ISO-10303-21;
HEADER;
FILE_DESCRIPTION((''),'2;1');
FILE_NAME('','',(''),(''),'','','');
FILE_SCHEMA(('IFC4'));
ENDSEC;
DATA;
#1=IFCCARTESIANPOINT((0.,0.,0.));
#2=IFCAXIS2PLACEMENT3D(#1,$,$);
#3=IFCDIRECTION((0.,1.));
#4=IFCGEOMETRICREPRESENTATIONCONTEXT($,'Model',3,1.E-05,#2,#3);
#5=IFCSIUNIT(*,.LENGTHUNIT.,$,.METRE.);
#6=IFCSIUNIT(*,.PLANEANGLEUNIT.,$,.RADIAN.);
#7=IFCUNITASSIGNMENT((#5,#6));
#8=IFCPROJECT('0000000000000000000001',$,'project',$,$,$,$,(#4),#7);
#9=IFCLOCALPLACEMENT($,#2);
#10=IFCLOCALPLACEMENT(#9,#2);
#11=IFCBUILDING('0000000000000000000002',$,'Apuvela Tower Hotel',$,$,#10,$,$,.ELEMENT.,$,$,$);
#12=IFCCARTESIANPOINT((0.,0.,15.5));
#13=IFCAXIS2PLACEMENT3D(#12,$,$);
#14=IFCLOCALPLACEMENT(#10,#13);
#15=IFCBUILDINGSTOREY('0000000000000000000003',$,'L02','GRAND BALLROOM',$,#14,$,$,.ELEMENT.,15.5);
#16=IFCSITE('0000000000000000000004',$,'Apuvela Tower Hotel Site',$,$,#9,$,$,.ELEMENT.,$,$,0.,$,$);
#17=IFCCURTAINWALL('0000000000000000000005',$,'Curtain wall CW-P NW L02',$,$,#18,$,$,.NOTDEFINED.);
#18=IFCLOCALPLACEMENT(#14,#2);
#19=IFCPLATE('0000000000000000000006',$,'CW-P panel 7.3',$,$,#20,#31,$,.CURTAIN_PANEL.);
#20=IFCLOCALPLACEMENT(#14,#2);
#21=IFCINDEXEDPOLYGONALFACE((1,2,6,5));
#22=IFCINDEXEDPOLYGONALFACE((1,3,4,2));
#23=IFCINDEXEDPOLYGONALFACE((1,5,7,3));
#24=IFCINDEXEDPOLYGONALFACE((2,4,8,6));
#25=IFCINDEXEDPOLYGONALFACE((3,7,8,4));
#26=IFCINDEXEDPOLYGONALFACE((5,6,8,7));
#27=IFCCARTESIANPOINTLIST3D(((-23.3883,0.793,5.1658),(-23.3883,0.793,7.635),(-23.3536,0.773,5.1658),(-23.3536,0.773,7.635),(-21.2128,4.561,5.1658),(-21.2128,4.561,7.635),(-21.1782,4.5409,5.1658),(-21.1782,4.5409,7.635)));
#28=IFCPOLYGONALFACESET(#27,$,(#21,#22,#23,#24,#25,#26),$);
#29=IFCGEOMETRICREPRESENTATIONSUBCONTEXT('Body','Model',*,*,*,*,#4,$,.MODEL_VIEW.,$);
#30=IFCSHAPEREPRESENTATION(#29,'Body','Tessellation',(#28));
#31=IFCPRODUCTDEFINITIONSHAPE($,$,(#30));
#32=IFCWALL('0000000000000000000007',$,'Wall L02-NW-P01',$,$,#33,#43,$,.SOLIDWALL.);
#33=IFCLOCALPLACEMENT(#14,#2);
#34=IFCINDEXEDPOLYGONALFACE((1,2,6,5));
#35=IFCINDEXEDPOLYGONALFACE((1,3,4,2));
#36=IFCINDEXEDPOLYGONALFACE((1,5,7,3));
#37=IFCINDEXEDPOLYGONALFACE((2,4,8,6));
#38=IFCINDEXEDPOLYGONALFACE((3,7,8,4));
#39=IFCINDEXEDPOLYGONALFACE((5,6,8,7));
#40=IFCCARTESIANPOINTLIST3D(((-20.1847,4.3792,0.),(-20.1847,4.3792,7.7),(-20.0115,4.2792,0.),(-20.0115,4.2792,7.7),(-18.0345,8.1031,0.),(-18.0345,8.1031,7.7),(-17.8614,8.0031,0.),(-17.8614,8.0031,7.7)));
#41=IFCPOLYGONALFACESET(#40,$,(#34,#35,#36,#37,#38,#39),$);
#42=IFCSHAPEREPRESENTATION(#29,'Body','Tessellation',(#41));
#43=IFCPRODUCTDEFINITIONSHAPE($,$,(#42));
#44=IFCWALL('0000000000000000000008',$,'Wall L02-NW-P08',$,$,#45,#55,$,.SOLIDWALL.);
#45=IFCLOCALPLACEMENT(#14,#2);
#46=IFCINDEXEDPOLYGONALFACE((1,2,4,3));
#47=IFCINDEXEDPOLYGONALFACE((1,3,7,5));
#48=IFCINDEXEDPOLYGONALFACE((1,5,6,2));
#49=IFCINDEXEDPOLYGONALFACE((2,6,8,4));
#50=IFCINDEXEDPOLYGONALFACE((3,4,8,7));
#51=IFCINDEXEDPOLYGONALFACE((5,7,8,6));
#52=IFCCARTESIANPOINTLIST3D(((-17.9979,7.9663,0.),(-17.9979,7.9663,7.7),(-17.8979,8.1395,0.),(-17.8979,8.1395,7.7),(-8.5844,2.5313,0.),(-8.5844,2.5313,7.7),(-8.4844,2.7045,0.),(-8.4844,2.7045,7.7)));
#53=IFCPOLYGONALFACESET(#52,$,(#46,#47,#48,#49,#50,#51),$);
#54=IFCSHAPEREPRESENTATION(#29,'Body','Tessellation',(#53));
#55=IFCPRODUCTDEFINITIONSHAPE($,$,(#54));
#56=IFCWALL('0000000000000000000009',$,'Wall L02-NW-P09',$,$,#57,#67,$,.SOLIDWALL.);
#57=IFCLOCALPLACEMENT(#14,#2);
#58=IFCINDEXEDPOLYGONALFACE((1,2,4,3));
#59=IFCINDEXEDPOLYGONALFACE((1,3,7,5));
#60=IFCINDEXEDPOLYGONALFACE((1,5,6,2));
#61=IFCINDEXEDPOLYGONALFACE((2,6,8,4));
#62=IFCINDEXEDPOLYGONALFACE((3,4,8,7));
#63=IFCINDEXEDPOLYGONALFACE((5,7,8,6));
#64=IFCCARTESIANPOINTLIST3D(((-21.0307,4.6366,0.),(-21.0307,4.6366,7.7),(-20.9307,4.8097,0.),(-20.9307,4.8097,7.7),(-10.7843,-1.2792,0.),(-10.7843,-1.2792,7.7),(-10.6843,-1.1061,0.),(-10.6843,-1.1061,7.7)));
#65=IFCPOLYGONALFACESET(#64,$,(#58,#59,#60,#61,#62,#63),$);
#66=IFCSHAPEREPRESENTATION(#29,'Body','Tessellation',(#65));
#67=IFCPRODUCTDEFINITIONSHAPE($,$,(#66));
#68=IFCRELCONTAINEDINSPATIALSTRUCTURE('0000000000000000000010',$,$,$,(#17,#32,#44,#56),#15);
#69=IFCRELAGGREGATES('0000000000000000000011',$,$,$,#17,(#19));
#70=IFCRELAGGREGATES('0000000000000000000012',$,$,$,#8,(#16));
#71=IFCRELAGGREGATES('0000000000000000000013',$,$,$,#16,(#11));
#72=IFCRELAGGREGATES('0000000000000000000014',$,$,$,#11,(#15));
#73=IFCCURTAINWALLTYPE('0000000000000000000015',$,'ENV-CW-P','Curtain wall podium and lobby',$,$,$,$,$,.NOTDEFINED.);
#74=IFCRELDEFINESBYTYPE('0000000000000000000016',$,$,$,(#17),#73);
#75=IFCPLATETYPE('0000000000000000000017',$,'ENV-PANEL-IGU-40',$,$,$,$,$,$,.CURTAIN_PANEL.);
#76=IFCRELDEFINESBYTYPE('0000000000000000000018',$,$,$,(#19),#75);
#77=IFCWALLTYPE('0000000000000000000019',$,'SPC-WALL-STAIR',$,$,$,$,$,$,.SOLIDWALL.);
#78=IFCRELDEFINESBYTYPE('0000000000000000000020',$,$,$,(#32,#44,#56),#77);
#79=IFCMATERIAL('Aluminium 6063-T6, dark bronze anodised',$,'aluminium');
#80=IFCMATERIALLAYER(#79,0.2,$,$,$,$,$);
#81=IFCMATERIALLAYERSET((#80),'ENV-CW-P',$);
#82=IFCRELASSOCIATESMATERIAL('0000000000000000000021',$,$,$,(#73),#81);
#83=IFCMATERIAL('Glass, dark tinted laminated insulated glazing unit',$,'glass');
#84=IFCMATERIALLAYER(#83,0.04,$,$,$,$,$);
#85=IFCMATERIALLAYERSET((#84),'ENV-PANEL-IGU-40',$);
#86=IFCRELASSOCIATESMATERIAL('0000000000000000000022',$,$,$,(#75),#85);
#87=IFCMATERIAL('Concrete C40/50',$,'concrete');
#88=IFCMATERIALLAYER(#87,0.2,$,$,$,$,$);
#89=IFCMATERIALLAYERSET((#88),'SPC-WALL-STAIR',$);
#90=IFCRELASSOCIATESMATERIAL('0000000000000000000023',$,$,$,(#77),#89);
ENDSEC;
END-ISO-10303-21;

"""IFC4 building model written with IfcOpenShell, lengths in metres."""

from ifc_helpers import new_model, si_unit, direction, frame, frame_2d, origin, origin_2d, place, context, subcontext, project, spatial, rectangle, extrude, material, layer, layer_set, type_object, element, aggregate, save


model = new_model("IFC4")

# Units and contexts
model_context = context("Model", 3, precision=1e-05, world=origin(), true_north=direction((0.0, 1.0)))
body_context = subcontext(model_context, "Body", "Model", "MODEL_VIEW")
ifc_project = project(units=[si_unit("LENGTHUNIT", "METRE"), si_unit("PLANEANGLEUNIT", "RADIAN")], contexts=[model_context])

# Site, building, storey
site_placement = place(None, origin())
site = spatial("IfcSite", under=ifc_project, at=site_placement, Name="Apuvela Tower Hotel Site", CompositionType="ELEMENT", RefElevation=0.0)
building_placement = place(site_placement, origin())
building = spatial("IfcBuilding", under=site, at=building_placement, Name="Apuvela Tower Hotel", CompositionType="ELEMENT")
storey_placement = place(building_placement, frame((0.0, 0.0, 15.5)))
storey = spatial("IfcBuildingStorey", under=building, at=storey_placement, Name="L02", Description="GRAND BALLROOM", CompositionType="ELEMENT", Elevation=15.5)

# Curtain wall
ifc_material_1 = material(Name="Aluminium 6063-T6, dark bronze anodised", Category="aluminium")
ifc_layer_1 = layer(ifc_material_1, 0.2)
ifc_layer_set_1 = layer_set([ifc_layer_1], Name="ENV-CW-P")
curtain_wall_type = type_object("IfcCurtainWallType", Name="ENV-CW-P", Description="Curtain wall podium and lobby", PredefinedType="NOTDEFINED", material=ifc_layer_set_1)
curtain_wall_placement = place(storey_placement, origin())
curtain_wall = element("IfcCurtainWall", 1, at=curtain_wall_placement, inside=storey, type_object=curtain_wall_type, Name="Curtain wall CW-P NW L02", PredefinedType="NOTDEFINED")

# Plate
ifc_material_2 = material(Name="Glass, dark tinted laminated insulated glazing unit", Category="glass")
ifc_layer_2 = layer(ifc_material_2, 0.04)
ifc_layer_set_2 = layer_set([ifc_layer_2], Name="ENV-PANEL-IGU-40")
plate_type = type_object("IfcPlateType", Name="ENV-PANEL-IGU-40", PredefinedType="CURTAIN_PANEL", material=ifc_layer_set_2)
plate_1_placement = place(storey_placement, frame((-22.2832, 2.667, 5.1658), z_axis=(0.0, 0.0, 1.0), x_axis=(-0.500001, -0.866025, 0.0)))
plate_1 = element("IfcPlate", 2, at=plate_1_placement, type_object=plate_type, Name="CW-P panel 7.3", PredefinedType="CURTAIN_PANEL", context=body_context, shape_type="SweptSolid", body=[
    extrude(rectangle(XDim=4.3508, YDim=0.04, at=origin_2d()), origin(), (0.0, 0.0, 1.0), 2.4692),
])
aggregate(curtain_wall, [plate_1])

# Walls
ifc_material_3 = material(Name="Concrete C40/50", Category="concrete")
ifc_layer_3 = layer(ifc_material_3, 0.2)
ifc_layer_set_3 = layer_set([ifc_layer_3], Name="SPC-WALL-STAIR")
wall_type = type_object("IfcWallType", Name="SPC-WALL-STAIR", PredefinedType="SOLIDWALL", material=ifc_layer_set_3)
wall_1_placement = place(storey_placement, frame((-17.948, 8.053, 0.0), z_axis=(0.0, 0.0, 1.0), x_axis=(-0.500029, -0.866009, 0.0)))
element("IfcWall", 3, at=wall_1_placement, inside=storey, type_object=wall_type, Name="Wall L02-NW-P01", PredefinedType="SOLIDWALL", context=body_context, shape_type="SweptSolid", body=[
    extrude(rectangle(XDim=4.3, YDim=0.2, at=frame_2d((2.1499, 0.0))), origin(), (0.0, 0.0, 1.0), 7.7),
])
wall_2_placement = place(storey_placement, frame((-17.948, 8.053, 0.0), z_axis=(0.0, 0.0, 1.0), x_axis=(0.86602, -0.500009, 0.0)))
element("IfcWall", 4, at=wall_2_placement, inside=storey, type_object=wall_type, Name="Wall L02-NW-P08", PredefinedType="SOLIDWALL", context=body_context, shape_type="SweptSolid", body=[
    extrude(rectangle(XDim=10.8699, YDim=0.2, at=frame_2d((5.4351, 0.0))), origin(), (0.0, 0.0, 1.0), 7.7),
])
wall_3_placement = place(storey_placement, frame((-20.9807, 4.7231, 0.0), z_axis=(0.0, 0.0, 1.0), x_axis=(0.866024, -0.500003, 0.0)))
element("IfcWall", 5, at=wall_3_placement, inside=storey, type_object=wall_type, Name="Wall L02-NW-P09", PredefinedType="SOLIDWALL", context=body_context, shape_type="SweptSolid", body=[
    extrude(rectangle(XDim=11.8315, YDim=0.2, at=frame_2d((5.9158, 0.0))), origin(), (0.0, 0.0, 1.0), 7.7),
])

save(model, "model.ifc")
